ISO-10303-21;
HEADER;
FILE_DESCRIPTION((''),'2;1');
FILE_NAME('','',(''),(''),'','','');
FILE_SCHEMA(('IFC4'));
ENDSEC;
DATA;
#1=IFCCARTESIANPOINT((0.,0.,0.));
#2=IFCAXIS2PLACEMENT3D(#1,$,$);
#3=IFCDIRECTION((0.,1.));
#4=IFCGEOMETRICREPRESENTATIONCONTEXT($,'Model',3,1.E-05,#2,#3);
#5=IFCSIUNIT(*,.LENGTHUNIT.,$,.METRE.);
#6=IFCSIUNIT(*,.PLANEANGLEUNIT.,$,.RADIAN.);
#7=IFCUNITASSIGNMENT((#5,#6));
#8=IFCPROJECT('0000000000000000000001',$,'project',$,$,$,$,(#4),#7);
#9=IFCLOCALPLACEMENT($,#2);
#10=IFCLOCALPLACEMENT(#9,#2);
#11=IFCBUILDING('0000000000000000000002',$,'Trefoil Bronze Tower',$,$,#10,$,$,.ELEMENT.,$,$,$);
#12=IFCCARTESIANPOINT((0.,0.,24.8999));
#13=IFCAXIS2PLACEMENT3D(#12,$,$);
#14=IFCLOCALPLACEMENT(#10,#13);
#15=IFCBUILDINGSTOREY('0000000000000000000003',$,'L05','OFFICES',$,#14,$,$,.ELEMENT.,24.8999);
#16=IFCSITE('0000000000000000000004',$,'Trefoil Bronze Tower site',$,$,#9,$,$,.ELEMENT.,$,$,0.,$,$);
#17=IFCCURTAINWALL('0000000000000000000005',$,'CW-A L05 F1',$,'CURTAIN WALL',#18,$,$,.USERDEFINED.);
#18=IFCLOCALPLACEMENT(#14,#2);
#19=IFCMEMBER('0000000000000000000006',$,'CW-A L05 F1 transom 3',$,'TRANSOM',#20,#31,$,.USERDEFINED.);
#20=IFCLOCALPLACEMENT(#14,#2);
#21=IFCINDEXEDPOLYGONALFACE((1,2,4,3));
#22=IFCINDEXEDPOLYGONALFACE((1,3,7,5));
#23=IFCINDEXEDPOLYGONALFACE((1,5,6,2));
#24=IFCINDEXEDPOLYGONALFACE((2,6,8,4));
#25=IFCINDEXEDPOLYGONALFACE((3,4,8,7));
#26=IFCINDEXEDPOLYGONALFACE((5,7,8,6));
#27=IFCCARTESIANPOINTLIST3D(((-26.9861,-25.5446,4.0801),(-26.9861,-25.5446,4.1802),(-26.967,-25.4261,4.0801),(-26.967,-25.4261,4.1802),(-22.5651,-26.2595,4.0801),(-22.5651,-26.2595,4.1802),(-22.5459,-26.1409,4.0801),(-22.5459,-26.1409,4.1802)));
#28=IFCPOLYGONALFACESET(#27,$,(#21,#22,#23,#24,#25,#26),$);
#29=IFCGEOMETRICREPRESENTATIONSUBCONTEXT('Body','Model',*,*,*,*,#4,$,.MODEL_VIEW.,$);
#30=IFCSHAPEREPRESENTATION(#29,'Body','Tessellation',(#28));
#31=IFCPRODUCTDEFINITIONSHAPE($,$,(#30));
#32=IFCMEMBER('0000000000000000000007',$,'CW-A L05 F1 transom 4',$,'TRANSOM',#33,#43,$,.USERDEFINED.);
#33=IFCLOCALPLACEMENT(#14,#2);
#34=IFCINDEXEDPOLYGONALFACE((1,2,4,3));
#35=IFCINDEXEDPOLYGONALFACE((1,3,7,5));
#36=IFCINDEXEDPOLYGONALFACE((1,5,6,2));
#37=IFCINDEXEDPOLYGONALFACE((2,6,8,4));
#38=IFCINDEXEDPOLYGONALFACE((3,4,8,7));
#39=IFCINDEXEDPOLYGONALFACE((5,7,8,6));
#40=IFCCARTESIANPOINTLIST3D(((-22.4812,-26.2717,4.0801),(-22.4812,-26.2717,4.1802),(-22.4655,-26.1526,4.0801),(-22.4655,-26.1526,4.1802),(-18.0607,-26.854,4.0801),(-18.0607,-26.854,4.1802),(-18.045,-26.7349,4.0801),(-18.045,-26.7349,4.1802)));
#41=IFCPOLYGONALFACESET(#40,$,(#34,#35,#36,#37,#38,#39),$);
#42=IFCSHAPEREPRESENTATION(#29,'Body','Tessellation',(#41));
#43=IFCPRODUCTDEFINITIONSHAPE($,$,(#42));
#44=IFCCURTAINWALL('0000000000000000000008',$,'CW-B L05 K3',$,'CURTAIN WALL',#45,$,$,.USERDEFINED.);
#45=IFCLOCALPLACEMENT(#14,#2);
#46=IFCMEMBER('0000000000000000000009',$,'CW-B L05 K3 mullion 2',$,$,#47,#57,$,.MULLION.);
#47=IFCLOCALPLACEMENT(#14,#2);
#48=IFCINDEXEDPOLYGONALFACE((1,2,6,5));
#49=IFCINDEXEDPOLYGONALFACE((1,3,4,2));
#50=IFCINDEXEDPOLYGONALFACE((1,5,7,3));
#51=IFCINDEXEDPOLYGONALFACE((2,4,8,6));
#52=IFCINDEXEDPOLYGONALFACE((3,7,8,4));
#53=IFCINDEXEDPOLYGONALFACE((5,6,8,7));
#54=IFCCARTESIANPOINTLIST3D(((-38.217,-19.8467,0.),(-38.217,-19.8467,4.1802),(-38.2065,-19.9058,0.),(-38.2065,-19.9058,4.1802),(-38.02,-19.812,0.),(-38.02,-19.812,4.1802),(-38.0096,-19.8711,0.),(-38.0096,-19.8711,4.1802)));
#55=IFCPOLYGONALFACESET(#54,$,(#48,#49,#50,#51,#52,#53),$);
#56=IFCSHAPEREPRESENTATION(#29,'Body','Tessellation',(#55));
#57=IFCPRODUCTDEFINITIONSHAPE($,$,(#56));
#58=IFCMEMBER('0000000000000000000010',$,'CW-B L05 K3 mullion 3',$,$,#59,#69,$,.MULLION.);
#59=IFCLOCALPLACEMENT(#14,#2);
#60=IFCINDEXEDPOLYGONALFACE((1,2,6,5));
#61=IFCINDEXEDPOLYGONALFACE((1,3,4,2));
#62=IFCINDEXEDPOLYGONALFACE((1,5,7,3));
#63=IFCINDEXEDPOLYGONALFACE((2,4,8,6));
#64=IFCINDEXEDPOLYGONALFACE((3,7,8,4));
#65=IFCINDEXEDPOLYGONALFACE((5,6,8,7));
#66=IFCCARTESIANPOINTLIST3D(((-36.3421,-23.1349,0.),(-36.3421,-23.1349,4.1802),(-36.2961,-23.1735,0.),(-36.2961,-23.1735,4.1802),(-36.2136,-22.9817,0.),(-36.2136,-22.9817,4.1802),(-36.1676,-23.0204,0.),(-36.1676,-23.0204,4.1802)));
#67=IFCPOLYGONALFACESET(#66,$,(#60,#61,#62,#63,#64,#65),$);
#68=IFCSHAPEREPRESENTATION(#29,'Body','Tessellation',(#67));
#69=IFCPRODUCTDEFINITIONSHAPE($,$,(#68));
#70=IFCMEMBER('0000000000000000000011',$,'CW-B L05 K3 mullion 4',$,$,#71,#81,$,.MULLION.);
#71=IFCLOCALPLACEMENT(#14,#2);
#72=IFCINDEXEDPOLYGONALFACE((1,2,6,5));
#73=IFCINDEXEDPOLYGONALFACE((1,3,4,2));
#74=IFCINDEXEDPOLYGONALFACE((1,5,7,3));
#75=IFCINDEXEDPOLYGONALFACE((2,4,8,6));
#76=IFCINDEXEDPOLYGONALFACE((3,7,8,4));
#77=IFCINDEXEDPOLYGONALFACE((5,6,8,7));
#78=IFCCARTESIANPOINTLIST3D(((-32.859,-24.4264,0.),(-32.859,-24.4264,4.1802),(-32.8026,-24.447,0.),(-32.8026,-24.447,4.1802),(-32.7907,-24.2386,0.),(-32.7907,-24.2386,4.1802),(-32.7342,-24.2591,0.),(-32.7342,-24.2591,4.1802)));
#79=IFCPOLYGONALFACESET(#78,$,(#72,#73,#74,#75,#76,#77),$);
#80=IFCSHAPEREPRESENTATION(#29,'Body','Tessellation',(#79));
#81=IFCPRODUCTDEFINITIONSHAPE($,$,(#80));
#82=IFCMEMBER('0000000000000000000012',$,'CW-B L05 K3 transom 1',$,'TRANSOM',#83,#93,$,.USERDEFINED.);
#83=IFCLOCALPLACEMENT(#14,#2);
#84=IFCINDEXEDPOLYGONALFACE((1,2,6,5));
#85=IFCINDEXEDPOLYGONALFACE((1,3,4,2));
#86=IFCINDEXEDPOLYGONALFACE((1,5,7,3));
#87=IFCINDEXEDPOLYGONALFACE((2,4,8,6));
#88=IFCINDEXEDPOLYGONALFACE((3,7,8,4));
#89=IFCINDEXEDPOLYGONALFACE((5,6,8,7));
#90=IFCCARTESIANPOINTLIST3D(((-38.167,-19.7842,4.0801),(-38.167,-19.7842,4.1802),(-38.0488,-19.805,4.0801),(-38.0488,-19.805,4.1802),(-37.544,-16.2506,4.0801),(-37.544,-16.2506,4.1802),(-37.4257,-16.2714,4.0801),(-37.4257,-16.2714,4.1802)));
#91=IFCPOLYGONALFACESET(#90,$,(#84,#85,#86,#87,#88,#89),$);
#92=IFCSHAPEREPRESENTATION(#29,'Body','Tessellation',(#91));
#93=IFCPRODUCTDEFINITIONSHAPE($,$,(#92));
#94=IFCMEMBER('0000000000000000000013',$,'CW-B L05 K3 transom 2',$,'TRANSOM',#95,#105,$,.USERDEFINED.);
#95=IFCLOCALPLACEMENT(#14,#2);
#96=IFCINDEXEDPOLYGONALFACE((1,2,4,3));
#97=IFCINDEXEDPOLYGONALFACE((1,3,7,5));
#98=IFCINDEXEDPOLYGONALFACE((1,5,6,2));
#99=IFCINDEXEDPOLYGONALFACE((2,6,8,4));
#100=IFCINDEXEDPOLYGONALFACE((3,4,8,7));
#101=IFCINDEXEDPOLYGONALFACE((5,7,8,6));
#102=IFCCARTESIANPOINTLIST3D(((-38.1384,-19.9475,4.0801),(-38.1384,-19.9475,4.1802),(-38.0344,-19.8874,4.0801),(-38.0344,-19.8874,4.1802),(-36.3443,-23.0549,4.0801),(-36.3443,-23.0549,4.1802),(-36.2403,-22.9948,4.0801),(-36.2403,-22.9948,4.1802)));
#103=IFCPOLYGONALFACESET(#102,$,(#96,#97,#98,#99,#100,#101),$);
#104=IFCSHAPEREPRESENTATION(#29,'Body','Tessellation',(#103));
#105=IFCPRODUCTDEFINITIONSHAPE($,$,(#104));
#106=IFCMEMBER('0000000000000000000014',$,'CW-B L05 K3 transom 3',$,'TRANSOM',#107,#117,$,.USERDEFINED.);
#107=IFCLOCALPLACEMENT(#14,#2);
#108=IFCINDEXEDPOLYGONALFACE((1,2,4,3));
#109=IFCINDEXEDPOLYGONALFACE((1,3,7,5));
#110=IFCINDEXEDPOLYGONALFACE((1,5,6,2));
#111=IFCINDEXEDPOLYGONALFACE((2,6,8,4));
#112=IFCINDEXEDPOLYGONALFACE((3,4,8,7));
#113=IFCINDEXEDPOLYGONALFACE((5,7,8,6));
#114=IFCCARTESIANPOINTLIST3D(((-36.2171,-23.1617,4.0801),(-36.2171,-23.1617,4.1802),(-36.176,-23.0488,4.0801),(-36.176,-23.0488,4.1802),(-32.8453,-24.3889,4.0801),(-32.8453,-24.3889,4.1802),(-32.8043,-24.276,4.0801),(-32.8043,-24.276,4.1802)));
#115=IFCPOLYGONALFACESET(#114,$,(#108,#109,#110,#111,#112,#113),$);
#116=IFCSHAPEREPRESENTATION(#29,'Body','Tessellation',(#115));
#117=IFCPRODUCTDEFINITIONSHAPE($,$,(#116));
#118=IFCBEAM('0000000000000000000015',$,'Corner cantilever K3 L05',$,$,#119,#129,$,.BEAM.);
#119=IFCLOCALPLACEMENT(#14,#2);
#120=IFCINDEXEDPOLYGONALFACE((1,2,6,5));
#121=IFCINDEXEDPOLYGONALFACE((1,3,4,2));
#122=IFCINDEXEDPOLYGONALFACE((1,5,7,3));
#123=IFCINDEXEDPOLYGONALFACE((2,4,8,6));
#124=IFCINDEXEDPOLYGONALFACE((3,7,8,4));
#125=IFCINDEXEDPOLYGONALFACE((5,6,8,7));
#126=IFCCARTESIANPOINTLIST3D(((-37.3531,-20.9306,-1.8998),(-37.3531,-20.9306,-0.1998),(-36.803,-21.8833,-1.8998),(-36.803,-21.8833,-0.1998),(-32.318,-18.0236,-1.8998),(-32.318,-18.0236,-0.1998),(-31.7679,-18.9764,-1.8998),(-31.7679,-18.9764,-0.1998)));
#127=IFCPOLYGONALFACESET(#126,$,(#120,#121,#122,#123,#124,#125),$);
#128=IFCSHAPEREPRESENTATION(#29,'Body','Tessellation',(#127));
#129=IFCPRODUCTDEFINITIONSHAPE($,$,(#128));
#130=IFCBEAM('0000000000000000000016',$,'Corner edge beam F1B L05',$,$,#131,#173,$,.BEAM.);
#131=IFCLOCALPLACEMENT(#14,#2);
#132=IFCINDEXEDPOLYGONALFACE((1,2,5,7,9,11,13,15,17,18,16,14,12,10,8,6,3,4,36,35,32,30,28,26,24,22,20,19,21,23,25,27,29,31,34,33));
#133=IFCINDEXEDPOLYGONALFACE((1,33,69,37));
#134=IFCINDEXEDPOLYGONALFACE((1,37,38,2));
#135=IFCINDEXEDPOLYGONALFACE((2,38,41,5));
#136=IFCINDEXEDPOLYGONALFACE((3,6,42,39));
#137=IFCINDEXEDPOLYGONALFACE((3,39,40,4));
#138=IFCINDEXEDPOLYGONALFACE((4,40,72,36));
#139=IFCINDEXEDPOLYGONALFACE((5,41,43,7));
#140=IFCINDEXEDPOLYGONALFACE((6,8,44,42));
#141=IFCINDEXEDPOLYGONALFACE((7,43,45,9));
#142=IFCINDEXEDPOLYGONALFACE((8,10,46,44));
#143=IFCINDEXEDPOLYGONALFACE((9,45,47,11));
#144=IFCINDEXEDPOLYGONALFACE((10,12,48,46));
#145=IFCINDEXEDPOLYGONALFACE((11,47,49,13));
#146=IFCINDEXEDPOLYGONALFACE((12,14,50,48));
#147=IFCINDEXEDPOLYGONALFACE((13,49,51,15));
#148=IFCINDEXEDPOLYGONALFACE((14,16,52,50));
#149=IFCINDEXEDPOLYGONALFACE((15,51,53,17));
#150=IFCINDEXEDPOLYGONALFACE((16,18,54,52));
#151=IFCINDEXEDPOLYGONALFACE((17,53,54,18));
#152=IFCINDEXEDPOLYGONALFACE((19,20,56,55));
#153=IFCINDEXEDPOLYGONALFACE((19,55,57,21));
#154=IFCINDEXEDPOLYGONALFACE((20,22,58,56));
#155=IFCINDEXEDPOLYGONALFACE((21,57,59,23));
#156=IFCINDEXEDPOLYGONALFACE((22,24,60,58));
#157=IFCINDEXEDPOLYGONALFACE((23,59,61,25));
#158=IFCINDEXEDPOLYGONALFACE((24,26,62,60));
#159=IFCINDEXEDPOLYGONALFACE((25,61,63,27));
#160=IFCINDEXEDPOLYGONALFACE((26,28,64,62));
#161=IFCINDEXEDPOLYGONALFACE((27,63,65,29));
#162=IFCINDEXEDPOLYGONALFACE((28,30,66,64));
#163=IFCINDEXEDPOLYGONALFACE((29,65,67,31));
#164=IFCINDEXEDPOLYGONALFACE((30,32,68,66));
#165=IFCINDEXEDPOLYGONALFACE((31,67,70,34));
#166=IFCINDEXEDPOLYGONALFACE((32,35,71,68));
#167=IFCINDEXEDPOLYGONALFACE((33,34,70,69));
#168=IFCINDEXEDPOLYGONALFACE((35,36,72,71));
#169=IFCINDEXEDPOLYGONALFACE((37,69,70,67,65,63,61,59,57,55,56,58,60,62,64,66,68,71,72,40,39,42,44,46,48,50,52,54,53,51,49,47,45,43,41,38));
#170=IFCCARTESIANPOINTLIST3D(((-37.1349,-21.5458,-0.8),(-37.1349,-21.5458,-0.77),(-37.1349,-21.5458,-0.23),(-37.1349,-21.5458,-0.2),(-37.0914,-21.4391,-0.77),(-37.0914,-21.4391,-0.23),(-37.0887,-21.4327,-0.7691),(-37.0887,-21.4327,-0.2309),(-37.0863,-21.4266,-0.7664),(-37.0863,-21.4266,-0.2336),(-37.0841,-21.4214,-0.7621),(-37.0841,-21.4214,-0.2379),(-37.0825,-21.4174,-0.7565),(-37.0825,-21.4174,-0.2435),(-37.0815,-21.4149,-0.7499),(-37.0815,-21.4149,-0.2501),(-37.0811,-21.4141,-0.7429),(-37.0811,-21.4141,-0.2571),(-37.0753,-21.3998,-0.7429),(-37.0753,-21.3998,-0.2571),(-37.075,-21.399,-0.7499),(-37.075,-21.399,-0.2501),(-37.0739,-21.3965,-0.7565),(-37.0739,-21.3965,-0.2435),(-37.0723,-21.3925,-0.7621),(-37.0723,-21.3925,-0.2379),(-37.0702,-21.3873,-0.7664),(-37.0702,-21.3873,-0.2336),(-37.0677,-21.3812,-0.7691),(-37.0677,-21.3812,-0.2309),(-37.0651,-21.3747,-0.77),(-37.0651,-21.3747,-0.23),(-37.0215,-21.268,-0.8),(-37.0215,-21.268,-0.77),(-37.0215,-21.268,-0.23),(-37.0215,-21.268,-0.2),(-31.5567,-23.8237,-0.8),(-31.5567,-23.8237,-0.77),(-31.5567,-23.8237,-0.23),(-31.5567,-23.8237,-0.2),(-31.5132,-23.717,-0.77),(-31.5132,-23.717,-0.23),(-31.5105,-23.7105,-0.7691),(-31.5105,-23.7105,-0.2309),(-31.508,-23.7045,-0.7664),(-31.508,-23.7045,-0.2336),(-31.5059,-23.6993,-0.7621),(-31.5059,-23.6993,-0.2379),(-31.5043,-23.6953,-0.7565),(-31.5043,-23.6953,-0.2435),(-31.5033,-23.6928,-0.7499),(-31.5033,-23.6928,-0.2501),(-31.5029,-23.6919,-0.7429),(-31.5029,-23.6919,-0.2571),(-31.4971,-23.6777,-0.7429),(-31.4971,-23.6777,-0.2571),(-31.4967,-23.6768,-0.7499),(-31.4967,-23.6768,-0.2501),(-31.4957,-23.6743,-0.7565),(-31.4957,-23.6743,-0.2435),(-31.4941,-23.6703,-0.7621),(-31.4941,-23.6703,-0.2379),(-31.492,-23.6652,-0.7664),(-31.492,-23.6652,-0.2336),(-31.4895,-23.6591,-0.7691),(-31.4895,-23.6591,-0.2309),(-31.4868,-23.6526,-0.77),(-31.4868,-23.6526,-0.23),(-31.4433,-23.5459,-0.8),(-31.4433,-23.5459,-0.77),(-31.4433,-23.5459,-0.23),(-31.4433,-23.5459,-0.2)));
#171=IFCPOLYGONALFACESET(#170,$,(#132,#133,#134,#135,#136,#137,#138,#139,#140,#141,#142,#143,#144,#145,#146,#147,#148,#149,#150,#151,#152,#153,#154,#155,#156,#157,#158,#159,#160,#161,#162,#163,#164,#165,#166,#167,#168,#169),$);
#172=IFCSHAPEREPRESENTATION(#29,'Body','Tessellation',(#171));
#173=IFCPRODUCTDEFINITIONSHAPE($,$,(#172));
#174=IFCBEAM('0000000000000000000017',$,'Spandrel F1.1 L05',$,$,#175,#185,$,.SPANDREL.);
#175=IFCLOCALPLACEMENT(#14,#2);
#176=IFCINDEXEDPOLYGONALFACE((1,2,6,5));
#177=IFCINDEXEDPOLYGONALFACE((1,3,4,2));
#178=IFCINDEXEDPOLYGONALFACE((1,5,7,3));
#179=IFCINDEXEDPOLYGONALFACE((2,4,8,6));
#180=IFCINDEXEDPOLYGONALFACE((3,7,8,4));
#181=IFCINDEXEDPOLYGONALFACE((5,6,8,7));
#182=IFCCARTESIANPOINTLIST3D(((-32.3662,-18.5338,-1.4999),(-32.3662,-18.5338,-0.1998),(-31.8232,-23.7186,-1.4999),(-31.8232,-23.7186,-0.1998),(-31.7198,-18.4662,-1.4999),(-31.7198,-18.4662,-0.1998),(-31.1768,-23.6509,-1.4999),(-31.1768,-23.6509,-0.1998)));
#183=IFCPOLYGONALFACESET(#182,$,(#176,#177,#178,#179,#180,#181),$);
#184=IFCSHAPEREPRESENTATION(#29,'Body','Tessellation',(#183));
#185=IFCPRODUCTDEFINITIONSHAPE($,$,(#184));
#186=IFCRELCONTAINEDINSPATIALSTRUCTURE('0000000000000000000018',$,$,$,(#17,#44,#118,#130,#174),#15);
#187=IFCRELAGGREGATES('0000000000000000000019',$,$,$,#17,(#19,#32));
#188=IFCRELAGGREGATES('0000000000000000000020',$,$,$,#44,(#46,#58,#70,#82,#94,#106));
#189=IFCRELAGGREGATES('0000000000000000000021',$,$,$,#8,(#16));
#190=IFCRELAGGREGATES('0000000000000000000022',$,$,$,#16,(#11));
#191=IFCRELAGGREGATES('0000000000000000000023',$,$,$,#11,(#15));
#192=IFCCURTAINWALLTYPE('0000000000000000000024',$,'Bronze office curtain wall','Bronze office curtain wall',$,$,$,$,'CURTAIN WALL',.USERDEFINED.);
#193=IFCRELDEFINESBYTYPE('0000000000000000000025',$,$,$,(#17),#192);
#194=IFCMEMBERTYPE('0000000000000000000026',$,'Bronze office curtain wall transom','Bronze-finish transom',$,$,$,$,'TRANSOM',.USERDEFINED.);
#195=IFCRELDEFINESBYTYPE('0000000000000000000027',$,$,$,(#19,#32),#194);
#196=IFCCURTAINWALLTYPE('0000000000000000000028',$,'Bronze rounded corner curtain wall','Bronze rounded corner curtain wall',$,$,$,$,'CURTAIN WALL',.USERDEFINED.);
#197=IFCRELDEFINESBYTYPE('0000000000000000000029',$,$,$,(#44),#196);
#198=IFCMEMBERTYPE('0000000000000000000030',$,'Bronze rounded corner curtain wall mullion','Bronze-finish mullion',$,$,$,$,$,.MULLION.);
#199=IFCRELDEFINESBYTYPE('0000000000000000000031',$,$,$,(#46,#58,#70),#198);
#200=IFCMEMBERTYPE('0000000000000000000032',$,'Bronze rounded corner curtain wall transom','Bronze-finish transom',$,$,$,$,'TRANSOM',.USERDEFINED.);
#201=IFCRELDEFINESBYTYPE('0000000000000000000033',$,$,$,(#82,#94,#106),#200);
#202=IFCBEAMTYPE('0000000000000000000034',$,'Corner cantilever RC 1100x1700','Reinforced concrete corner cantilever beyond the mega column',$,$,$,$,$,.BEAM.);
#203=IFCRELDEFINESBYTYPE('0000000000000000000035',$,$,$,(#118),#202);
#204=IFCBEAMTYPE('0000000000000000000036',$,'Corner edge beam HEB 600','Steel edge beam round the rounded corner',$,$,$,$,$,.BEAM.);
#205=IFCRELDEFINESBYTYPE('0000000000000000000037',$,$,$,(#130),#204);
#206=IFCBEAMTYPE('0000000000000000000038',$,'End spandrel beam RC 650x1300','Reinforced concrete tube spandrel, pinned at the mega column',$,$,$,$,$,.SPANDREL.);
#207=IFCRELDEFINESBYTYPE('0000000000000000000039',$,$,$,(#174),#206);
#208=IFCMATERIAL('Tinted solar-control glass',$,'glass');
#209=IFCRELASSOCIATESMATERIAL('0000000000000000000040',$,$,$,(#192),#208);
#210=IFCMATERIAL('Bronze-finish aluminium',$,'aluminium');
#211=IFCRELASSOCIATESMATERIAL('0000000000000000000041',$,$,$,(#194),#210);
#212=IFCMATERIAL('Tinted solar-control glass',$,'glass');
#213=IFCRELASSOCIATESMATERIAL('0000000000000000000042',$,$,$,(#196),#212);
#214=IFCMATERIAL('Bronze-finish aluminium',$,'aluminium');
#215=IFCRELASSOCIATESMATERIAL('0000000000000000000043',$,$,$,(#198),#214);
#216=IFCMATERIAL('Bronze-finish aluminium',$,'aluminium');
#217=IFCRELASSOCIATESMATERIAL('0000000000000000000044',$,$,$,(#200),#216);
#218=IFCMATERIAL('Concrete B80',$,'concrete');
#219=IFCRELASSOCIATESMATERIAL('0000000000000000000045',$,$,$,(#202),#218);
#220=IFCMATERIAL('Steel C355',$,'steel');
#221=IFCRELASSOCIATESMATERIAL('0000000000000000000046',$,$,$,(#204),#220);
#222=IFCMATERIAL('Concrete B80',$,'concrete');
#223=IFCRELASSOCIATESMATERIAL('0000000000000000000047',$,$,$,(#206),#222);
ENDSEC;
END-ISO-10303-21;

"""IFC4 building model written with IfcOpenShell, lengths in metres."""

from ifc_helpers import new_model, si_unit, direction, frame, origin, origin_2d, place, context, subcontext, project, spatial, rectangle, i_section, extrude, material, material_profile, profile_set, type_object, element, aggregate, save


model = new_model("IFC4")

# Units and contexts
model_context = context("Model", 3, precision=1e-05, world=origin(), true_north=direction((0.0, 1.0)))
body_context = subcontext(model_context, "Body", "Model", "MODEL_VIEW")
ifc_project = project(units=[si_unit("LENGTHUNIT", "METRE"), si_unit("PLANEANGLEUNIT", "RADIAN")], contexts=[model_context])

# Site, building, storey
site_placement = place(None, origin())
site = spatial("IfcSite", under=ifc_project, at=site_placement, Name="Trefoil Bronze Tower site", CompositionType="ELEMENT", RefElevation=0.0)
building_placement = place(site_placement, origin())
building = spatial("IfcBuilding", under=site, at=building_placement, Name="Trefoil Bronze Tower", CompositionType="ELEMENT")
storey_placement = place(building_placement, frame((0.0, 0.0, 24.8999)))
storey = spatial("IfcBuildingStorey", under=building, at=storey_placement, Name="L05", Description="OFFICES", CompositionType="ELEMENT", Elevation=24.8999)

# Curtain walls, members
ifc_material_1 = material(Name="Tinted solar-control glass", Category="glass")
curtain_wall_type_1 = type_object("IfcCurtainWallType", Name="Bronze office curtain wall", Description="Bronze office curtain wall", ElementType="CURTAIN WALL", PredefinedType="USERDEFINED", material=ifc_material_1)
curtain_wall_1_placement = place(storey_placement, origin())
curtain_wall_1 = element("IfcCurtainWall", 1, at=curtain_wall_1_placement, inside=storey, type_object=curtain_wall_type_1, Name="CW-A L05 F1", ObjectType="CURTAIN WALL", PredefinedType="USERDEFINED")
ifc_material_2 = material(Name="Bronze-finish aluminium", Category="aluminium")
ifc_material_profile_1 = material_profile(ifc_material_2, rectangle(XDim=0.1201, YDim=0.1001, at=origin_2d()), Name="CW-A transom")
ifc_profile_set_1 = profile_set([ifc_material_profile_1], Name="Bronze-finish aluminium")
member_type_1 = type_object("IfcMemberType", Name="Bronze office curtain wall transom", Description="Bronze-finish transom", ElementType="TRANSOM", PredefinedType="USERDEFINED", material=ifc_profile_set_1)
member_1_placement = place(storey_placement, frame((-26.9766, -25.4854, 4.1301), z_axis=(0.987179, -0.159615, 0.0), x_axis=(0.159615, 0.987179, 0.0)))
member_1 = element("IfcMember", 2, at=member_1_placement, type_object=member_type_1, Name="CW-A L05 F1 transom 3", ObjectType="TRANSOM", PredefinedType="USERDEFINED", context=body_context, shape_type="SweptSolid", body=[
    extrude(rectangle(XDim=0.1201, YDim=0.1001, at=origin_2d()), origin(), (0.0, 0.0, 1.0), 4.4785),
])
member_2_placement = place(storey_placement, frame((-22.4734, -26.2122, 4.1301), z_axis=(0.991437, -0.130589, 0.0), x_axis=(0.130589, 0.991437, 0.0)))
member_2 = element("IfcMember", 3, at=member_2_placement, type_object=member_type_1, Name="CW-A L05 F1 transom 4", ObjectType="TRANSOM", PredefinedType="USERDEFINED", context=body_context, shape_type="SweptSolid", body=[
    extrude(rectangle(XDim=0.1201, YDim=0.1001, at=origin_2d()), origin(), (0.0, 0.0, 1.0), 4.4587),
])
ifc_material_3 = material(Name="Tinted solar-control glass", Category="glass")
curtain_wall_type_2 = type_object("IfcCurtainWallType", Name="Bronze rounded corner curtain wall", Description="Bronze rounded corner curtain wall", ElementType="CURTAIN WALL", PredefinedType="USERDEFINED", material=ifc_material_3)
curtain_wall_2_placement = place(storey_placement, origin())
curtain_wall_2 = element("IfcCurtainWall", 4, at=curtain_wall_2_placement, inside=storey, type_object=curtain_wall_type_2, Name="CW-B L05 K3", ObjectType="CURTAIN WALL", PredefinedType="USERDEFINED")
ifc_material_4 = material(Name="Bronze-finish aluminium", Category="aluminium")
ifc_material_profile_2 = material_profile(ifc_material_4, rectangle(XDim=0.2, YDim=0.0601, at=origin_2d()), Name="CW-B mullion")
ifc_profile_set_2 = profile_set([ifc_material_profile_2], Name="Bronze-finish aluminium")
member_type_2 = type_object("IfcMemberType", Name="Bronze rounded corner curtain wall mullion", Description="Bronze-finish mullion", PredefinedType="MULLION", material=ifc_profile_set_2)
member_3_placement = place(storey_placement, frame((-38.1133, -19.8589, 0.0), z_axis=(0.0, 0.0, 1.0), x_axis=(0.984808, 0.173648, 0.0)))
member_3 = element("IfcMember", 5, at=member_3_placement, type_object=member_type_2, Name="CW-B L05 K3 mullion 2", PredefinedType="MULLION", context=body_context, shape_type="SweptSolid", body=[
    extrude(rectangle(XDim=0.2, YDim=0.0601, at=origin_2d()), origin(), (0.0, 0.0, 1.0), 4.1802),
])
member_4_placement = place(storey_placement, frame((-36.2549, -23.0776, 0.0), z_axis=(0.0, 0.0, 1.0), x_axis=(0.642788, 0.766044, 0.0)))
member_4 = element("IfcMember", 6, at=member_4_placement, type_object=member_type_2, Name="CW-B L05 K3 mullion 3", PredefinedType="MULLION", context=body_context, shape_type="SweptSolid", body=[
    extrude(rectangle(XDim=0.2, YDim=0.0601, at=origin_2d()), origin(), (0.0, 0.0, 1.0), 4.1802),
])
member_5_placement = place(storey_placement, frame((-32.7966, -24.3428, 0.0), z_axis=(0.0, 0.0, 1.0), x_axis=(0.34202, 0.939693, 0.0)))
member_5 = element("IfcMember", 7, at=member_5_placement, type_object=member_type_2, Name="CW-B L05 K3 mullion 4", PredefinedType="MULLION", context=body_context, shape_type="SweptSolid", body=[
    extrude(rectangle(XDim=0.2, YDim=0.0601, at=origin_2d()), origin(), (0.0, 0.0, 1.0), 4.1802),
])
ifc_material_5 = material(Name="Bronze-finish aluminium", Category="aluminium")
ifc_material_profile_3 = material_profile(ifc_material_5, rectangle(XDim=0.1201, YDim=0.1001, at=origin_2d()), Name="CW-B transom")
ifc_profile_set_3 = profile_set([ifc_material_profile_3], Name="Bronze-finish aluminium")
member_type_3 = type_object("IfcMemberType", Name="Bronze rounded corner curtain wall transom", Description="Bronze-finish transom", ElementType="TRANSOM", PredefinedType="USERDEFINED", material=ifc_profile_set_3)
member_6_placement = place(storey_placement, frame((-37.4849, -16.261, 4.1301), z_axis=(-0.173638, -0.98481, 0.0), x_axis=(0.98481, -0.173638, 0.0)))
member_6 = element("IfcMember", 8, at=member_6_placement, type_object=member_type_3, Name="CW-B L05 K3 transom 1", ObjectType="TRANSOM", PredefinedType="USERDEFINED", context=body_context, shape_type="SweptSolid", body=[
    extrude(rectangle(XDim=0.1201, YDim=0.1001, at=origin_2d()), origin(), (0.0, 0.0, 1.0), 3.5881),
])
member_7_placement = place(storey_placement, frame((-38.0864, -19.9175, 4.1301), z_axis=(0.500025, -0.866011, 0.0), x_axis=(0.866011, 0.500025, 0.0)))
member_7 = element("IfcMember", 9, at=member_7_placement, type_object=member_type_3, Name="CW-B L05 K3 transom 2", ObjectType="TRANSOM", PredefinedType="USERDEFINED", context=body_context, shape_type="SweptSolid", body=[
    extrude(rectangle(XDim=0.1201, YDim=0.1001, at=origin_2d()), origin(), (0.0, 0.0, 1.0), 3.5881),
])
member_8_placement = place(storey_placement, frame((-36.1965, -23.1052, 4.1301), z_axis=(0.939688, -0.342033, 0.0), x_axis=(0.342033, 0.939688, 0.0)))
member_8 = element("IfcMember", 10, at=member_8_placement, type_object=member_type_3, Name="CW-B L05 K3 transom 3", ObjectType="TRANSOM", PredefinedType="USERDEFINED", context=body_context, shape_type="SweptSolid", body=[
    extrude(rectangle(XDim=0.1201, YDim=0.1001, at=origin_2d()), origin(), (0.0, 0.0, 1.0), 3.5881),
])

# Beams
ifc_material_6 = material(Name="Concrete B80", Category="concrete")
ifc_material_profile_4 = material_profile(ifc_material_6, rectangle(XDim=1.1001, YDim=1.7, at=origin_2d()), Name="RC 1100x1700")
ifc_profile_set_4 = profile_set([ifc_material_profile_4], Name="Concrete B80")
beam_type_1 = type_object("IfcBeamType", Name="Corner cantilever RC 1100x1700", Description="Reinforced concrete corner cantilever beyond the mega column", PredefinedType="BEAM", material=ifc_profile_set_4)
beam_1_placement = place(storey_placement, frame((-32.043, -18.5, -1.0498), z_axis=(-0.86603, -0.499991, 0.0), x_axis=(0.499991, -0.86603, 0.0)))
element("IfcBeam", 11, at=beam_1_placement, inside=storey, type_object=beam_type_1, Name="Corner cantilever K3 L05", PredefinedType="BEAM", context=body_context, shape_type="SweptSolid", body=[
    extrude(rectangle(XDim=1.1001, YDim=1.7, at=origin_2d()), origin(), (0.0, 0.0, 1.0), 5.814),
])
ifc_material_7 = material(Name="Steel C355", Category="steel")
ifc_material_profile_5 = material_profile(ifc_material_7, i_section(OverallWidth=0.3, OverallDepth=0.6001, WebThickness=0.0154, FlangeThickness=0.03, FilletRadius=0.0271, at=origin_2d()), Name="HEB 600")
ifc_profile_set_5 = profile_set([ifc_material_profile_5], Name="Steel C355")
beam_type_2 = type_object("IfcBeamType", Name="Corner edge beam HEB 600", Description="Steel edge beam round the rounded corner", PredefinedType="BEAM", material=ifc_profile_set_5)
beam_2_placement = place(storey_placement, frame((-31.5, -23.6848, -0.5), z_axis=(-0.925787, 0.378046, 0.0), x_axis=(-0.378046, -0.925787, 0.0)))
element("IfcBeam", 12, at=beam_2_placement, inside=storey, type_object=beam_type_2, Name="Corner edge beam F1B L05", PredefinedType="BEAM", context=body_context, shape_type="SweptSolid", body=[
    extrude(i_section(OverallWidth=0.3, OverallDepth=0.6001, WebThickness=0.0154, FlangeThickness=0.03, FilletRadius=0.0271, at=origin_2d()), origin(), (0.0, 0.0, 1.0), 6.0254),
])
ifc_material_8 = material(Name="Concrete B80", Category="concrete")
ifc_material_profile_6 = material_profile(ifc_material_8, rectangle(XDim=0.6499, YDim=1.3, at=origin_2d()), Name="RC 650x1300")
ifc_profile_set_6 = profile_set([ifc_material_profile_6], Name="Concrete B80")
beam_type_3 = type_object("IfcBeamType", Name="End spandrel beam RC 650x1300", Description="Reinforced concrete tube spandrel, pinned at the mega column", PredefinedType="SPANDREL", material=ifc_profile_set_6)
beam_3_placement = place(storey_placement, frame((-32.043, -18.5, -0.8499), z_axis=(0.104153, -0.994561, 0.0), x_axis=(0.994561, 0.104153, 0.0)))
element("IfcBeam", 13, at=beam_3_placement, inside=storey, type_object=beam_type_3, Name="Spandrel F1.1 L05", PredefinedType="SPANDREL", context=body_context, shape_type="SweptSolid", body=[
    extrude(rectangle(XDim=0.6499, YDim=1.3, at=origin_2d()), origin(), (0.0, 0.0, 1.0), 5.2131),
])

aggregate(curtain_wall_1, [member_1, member_2])
aggregate(curtain_wall_2, [member_3, member_4, member_5, member_6, member_7, member_8])

save(model, "model.ifc")
